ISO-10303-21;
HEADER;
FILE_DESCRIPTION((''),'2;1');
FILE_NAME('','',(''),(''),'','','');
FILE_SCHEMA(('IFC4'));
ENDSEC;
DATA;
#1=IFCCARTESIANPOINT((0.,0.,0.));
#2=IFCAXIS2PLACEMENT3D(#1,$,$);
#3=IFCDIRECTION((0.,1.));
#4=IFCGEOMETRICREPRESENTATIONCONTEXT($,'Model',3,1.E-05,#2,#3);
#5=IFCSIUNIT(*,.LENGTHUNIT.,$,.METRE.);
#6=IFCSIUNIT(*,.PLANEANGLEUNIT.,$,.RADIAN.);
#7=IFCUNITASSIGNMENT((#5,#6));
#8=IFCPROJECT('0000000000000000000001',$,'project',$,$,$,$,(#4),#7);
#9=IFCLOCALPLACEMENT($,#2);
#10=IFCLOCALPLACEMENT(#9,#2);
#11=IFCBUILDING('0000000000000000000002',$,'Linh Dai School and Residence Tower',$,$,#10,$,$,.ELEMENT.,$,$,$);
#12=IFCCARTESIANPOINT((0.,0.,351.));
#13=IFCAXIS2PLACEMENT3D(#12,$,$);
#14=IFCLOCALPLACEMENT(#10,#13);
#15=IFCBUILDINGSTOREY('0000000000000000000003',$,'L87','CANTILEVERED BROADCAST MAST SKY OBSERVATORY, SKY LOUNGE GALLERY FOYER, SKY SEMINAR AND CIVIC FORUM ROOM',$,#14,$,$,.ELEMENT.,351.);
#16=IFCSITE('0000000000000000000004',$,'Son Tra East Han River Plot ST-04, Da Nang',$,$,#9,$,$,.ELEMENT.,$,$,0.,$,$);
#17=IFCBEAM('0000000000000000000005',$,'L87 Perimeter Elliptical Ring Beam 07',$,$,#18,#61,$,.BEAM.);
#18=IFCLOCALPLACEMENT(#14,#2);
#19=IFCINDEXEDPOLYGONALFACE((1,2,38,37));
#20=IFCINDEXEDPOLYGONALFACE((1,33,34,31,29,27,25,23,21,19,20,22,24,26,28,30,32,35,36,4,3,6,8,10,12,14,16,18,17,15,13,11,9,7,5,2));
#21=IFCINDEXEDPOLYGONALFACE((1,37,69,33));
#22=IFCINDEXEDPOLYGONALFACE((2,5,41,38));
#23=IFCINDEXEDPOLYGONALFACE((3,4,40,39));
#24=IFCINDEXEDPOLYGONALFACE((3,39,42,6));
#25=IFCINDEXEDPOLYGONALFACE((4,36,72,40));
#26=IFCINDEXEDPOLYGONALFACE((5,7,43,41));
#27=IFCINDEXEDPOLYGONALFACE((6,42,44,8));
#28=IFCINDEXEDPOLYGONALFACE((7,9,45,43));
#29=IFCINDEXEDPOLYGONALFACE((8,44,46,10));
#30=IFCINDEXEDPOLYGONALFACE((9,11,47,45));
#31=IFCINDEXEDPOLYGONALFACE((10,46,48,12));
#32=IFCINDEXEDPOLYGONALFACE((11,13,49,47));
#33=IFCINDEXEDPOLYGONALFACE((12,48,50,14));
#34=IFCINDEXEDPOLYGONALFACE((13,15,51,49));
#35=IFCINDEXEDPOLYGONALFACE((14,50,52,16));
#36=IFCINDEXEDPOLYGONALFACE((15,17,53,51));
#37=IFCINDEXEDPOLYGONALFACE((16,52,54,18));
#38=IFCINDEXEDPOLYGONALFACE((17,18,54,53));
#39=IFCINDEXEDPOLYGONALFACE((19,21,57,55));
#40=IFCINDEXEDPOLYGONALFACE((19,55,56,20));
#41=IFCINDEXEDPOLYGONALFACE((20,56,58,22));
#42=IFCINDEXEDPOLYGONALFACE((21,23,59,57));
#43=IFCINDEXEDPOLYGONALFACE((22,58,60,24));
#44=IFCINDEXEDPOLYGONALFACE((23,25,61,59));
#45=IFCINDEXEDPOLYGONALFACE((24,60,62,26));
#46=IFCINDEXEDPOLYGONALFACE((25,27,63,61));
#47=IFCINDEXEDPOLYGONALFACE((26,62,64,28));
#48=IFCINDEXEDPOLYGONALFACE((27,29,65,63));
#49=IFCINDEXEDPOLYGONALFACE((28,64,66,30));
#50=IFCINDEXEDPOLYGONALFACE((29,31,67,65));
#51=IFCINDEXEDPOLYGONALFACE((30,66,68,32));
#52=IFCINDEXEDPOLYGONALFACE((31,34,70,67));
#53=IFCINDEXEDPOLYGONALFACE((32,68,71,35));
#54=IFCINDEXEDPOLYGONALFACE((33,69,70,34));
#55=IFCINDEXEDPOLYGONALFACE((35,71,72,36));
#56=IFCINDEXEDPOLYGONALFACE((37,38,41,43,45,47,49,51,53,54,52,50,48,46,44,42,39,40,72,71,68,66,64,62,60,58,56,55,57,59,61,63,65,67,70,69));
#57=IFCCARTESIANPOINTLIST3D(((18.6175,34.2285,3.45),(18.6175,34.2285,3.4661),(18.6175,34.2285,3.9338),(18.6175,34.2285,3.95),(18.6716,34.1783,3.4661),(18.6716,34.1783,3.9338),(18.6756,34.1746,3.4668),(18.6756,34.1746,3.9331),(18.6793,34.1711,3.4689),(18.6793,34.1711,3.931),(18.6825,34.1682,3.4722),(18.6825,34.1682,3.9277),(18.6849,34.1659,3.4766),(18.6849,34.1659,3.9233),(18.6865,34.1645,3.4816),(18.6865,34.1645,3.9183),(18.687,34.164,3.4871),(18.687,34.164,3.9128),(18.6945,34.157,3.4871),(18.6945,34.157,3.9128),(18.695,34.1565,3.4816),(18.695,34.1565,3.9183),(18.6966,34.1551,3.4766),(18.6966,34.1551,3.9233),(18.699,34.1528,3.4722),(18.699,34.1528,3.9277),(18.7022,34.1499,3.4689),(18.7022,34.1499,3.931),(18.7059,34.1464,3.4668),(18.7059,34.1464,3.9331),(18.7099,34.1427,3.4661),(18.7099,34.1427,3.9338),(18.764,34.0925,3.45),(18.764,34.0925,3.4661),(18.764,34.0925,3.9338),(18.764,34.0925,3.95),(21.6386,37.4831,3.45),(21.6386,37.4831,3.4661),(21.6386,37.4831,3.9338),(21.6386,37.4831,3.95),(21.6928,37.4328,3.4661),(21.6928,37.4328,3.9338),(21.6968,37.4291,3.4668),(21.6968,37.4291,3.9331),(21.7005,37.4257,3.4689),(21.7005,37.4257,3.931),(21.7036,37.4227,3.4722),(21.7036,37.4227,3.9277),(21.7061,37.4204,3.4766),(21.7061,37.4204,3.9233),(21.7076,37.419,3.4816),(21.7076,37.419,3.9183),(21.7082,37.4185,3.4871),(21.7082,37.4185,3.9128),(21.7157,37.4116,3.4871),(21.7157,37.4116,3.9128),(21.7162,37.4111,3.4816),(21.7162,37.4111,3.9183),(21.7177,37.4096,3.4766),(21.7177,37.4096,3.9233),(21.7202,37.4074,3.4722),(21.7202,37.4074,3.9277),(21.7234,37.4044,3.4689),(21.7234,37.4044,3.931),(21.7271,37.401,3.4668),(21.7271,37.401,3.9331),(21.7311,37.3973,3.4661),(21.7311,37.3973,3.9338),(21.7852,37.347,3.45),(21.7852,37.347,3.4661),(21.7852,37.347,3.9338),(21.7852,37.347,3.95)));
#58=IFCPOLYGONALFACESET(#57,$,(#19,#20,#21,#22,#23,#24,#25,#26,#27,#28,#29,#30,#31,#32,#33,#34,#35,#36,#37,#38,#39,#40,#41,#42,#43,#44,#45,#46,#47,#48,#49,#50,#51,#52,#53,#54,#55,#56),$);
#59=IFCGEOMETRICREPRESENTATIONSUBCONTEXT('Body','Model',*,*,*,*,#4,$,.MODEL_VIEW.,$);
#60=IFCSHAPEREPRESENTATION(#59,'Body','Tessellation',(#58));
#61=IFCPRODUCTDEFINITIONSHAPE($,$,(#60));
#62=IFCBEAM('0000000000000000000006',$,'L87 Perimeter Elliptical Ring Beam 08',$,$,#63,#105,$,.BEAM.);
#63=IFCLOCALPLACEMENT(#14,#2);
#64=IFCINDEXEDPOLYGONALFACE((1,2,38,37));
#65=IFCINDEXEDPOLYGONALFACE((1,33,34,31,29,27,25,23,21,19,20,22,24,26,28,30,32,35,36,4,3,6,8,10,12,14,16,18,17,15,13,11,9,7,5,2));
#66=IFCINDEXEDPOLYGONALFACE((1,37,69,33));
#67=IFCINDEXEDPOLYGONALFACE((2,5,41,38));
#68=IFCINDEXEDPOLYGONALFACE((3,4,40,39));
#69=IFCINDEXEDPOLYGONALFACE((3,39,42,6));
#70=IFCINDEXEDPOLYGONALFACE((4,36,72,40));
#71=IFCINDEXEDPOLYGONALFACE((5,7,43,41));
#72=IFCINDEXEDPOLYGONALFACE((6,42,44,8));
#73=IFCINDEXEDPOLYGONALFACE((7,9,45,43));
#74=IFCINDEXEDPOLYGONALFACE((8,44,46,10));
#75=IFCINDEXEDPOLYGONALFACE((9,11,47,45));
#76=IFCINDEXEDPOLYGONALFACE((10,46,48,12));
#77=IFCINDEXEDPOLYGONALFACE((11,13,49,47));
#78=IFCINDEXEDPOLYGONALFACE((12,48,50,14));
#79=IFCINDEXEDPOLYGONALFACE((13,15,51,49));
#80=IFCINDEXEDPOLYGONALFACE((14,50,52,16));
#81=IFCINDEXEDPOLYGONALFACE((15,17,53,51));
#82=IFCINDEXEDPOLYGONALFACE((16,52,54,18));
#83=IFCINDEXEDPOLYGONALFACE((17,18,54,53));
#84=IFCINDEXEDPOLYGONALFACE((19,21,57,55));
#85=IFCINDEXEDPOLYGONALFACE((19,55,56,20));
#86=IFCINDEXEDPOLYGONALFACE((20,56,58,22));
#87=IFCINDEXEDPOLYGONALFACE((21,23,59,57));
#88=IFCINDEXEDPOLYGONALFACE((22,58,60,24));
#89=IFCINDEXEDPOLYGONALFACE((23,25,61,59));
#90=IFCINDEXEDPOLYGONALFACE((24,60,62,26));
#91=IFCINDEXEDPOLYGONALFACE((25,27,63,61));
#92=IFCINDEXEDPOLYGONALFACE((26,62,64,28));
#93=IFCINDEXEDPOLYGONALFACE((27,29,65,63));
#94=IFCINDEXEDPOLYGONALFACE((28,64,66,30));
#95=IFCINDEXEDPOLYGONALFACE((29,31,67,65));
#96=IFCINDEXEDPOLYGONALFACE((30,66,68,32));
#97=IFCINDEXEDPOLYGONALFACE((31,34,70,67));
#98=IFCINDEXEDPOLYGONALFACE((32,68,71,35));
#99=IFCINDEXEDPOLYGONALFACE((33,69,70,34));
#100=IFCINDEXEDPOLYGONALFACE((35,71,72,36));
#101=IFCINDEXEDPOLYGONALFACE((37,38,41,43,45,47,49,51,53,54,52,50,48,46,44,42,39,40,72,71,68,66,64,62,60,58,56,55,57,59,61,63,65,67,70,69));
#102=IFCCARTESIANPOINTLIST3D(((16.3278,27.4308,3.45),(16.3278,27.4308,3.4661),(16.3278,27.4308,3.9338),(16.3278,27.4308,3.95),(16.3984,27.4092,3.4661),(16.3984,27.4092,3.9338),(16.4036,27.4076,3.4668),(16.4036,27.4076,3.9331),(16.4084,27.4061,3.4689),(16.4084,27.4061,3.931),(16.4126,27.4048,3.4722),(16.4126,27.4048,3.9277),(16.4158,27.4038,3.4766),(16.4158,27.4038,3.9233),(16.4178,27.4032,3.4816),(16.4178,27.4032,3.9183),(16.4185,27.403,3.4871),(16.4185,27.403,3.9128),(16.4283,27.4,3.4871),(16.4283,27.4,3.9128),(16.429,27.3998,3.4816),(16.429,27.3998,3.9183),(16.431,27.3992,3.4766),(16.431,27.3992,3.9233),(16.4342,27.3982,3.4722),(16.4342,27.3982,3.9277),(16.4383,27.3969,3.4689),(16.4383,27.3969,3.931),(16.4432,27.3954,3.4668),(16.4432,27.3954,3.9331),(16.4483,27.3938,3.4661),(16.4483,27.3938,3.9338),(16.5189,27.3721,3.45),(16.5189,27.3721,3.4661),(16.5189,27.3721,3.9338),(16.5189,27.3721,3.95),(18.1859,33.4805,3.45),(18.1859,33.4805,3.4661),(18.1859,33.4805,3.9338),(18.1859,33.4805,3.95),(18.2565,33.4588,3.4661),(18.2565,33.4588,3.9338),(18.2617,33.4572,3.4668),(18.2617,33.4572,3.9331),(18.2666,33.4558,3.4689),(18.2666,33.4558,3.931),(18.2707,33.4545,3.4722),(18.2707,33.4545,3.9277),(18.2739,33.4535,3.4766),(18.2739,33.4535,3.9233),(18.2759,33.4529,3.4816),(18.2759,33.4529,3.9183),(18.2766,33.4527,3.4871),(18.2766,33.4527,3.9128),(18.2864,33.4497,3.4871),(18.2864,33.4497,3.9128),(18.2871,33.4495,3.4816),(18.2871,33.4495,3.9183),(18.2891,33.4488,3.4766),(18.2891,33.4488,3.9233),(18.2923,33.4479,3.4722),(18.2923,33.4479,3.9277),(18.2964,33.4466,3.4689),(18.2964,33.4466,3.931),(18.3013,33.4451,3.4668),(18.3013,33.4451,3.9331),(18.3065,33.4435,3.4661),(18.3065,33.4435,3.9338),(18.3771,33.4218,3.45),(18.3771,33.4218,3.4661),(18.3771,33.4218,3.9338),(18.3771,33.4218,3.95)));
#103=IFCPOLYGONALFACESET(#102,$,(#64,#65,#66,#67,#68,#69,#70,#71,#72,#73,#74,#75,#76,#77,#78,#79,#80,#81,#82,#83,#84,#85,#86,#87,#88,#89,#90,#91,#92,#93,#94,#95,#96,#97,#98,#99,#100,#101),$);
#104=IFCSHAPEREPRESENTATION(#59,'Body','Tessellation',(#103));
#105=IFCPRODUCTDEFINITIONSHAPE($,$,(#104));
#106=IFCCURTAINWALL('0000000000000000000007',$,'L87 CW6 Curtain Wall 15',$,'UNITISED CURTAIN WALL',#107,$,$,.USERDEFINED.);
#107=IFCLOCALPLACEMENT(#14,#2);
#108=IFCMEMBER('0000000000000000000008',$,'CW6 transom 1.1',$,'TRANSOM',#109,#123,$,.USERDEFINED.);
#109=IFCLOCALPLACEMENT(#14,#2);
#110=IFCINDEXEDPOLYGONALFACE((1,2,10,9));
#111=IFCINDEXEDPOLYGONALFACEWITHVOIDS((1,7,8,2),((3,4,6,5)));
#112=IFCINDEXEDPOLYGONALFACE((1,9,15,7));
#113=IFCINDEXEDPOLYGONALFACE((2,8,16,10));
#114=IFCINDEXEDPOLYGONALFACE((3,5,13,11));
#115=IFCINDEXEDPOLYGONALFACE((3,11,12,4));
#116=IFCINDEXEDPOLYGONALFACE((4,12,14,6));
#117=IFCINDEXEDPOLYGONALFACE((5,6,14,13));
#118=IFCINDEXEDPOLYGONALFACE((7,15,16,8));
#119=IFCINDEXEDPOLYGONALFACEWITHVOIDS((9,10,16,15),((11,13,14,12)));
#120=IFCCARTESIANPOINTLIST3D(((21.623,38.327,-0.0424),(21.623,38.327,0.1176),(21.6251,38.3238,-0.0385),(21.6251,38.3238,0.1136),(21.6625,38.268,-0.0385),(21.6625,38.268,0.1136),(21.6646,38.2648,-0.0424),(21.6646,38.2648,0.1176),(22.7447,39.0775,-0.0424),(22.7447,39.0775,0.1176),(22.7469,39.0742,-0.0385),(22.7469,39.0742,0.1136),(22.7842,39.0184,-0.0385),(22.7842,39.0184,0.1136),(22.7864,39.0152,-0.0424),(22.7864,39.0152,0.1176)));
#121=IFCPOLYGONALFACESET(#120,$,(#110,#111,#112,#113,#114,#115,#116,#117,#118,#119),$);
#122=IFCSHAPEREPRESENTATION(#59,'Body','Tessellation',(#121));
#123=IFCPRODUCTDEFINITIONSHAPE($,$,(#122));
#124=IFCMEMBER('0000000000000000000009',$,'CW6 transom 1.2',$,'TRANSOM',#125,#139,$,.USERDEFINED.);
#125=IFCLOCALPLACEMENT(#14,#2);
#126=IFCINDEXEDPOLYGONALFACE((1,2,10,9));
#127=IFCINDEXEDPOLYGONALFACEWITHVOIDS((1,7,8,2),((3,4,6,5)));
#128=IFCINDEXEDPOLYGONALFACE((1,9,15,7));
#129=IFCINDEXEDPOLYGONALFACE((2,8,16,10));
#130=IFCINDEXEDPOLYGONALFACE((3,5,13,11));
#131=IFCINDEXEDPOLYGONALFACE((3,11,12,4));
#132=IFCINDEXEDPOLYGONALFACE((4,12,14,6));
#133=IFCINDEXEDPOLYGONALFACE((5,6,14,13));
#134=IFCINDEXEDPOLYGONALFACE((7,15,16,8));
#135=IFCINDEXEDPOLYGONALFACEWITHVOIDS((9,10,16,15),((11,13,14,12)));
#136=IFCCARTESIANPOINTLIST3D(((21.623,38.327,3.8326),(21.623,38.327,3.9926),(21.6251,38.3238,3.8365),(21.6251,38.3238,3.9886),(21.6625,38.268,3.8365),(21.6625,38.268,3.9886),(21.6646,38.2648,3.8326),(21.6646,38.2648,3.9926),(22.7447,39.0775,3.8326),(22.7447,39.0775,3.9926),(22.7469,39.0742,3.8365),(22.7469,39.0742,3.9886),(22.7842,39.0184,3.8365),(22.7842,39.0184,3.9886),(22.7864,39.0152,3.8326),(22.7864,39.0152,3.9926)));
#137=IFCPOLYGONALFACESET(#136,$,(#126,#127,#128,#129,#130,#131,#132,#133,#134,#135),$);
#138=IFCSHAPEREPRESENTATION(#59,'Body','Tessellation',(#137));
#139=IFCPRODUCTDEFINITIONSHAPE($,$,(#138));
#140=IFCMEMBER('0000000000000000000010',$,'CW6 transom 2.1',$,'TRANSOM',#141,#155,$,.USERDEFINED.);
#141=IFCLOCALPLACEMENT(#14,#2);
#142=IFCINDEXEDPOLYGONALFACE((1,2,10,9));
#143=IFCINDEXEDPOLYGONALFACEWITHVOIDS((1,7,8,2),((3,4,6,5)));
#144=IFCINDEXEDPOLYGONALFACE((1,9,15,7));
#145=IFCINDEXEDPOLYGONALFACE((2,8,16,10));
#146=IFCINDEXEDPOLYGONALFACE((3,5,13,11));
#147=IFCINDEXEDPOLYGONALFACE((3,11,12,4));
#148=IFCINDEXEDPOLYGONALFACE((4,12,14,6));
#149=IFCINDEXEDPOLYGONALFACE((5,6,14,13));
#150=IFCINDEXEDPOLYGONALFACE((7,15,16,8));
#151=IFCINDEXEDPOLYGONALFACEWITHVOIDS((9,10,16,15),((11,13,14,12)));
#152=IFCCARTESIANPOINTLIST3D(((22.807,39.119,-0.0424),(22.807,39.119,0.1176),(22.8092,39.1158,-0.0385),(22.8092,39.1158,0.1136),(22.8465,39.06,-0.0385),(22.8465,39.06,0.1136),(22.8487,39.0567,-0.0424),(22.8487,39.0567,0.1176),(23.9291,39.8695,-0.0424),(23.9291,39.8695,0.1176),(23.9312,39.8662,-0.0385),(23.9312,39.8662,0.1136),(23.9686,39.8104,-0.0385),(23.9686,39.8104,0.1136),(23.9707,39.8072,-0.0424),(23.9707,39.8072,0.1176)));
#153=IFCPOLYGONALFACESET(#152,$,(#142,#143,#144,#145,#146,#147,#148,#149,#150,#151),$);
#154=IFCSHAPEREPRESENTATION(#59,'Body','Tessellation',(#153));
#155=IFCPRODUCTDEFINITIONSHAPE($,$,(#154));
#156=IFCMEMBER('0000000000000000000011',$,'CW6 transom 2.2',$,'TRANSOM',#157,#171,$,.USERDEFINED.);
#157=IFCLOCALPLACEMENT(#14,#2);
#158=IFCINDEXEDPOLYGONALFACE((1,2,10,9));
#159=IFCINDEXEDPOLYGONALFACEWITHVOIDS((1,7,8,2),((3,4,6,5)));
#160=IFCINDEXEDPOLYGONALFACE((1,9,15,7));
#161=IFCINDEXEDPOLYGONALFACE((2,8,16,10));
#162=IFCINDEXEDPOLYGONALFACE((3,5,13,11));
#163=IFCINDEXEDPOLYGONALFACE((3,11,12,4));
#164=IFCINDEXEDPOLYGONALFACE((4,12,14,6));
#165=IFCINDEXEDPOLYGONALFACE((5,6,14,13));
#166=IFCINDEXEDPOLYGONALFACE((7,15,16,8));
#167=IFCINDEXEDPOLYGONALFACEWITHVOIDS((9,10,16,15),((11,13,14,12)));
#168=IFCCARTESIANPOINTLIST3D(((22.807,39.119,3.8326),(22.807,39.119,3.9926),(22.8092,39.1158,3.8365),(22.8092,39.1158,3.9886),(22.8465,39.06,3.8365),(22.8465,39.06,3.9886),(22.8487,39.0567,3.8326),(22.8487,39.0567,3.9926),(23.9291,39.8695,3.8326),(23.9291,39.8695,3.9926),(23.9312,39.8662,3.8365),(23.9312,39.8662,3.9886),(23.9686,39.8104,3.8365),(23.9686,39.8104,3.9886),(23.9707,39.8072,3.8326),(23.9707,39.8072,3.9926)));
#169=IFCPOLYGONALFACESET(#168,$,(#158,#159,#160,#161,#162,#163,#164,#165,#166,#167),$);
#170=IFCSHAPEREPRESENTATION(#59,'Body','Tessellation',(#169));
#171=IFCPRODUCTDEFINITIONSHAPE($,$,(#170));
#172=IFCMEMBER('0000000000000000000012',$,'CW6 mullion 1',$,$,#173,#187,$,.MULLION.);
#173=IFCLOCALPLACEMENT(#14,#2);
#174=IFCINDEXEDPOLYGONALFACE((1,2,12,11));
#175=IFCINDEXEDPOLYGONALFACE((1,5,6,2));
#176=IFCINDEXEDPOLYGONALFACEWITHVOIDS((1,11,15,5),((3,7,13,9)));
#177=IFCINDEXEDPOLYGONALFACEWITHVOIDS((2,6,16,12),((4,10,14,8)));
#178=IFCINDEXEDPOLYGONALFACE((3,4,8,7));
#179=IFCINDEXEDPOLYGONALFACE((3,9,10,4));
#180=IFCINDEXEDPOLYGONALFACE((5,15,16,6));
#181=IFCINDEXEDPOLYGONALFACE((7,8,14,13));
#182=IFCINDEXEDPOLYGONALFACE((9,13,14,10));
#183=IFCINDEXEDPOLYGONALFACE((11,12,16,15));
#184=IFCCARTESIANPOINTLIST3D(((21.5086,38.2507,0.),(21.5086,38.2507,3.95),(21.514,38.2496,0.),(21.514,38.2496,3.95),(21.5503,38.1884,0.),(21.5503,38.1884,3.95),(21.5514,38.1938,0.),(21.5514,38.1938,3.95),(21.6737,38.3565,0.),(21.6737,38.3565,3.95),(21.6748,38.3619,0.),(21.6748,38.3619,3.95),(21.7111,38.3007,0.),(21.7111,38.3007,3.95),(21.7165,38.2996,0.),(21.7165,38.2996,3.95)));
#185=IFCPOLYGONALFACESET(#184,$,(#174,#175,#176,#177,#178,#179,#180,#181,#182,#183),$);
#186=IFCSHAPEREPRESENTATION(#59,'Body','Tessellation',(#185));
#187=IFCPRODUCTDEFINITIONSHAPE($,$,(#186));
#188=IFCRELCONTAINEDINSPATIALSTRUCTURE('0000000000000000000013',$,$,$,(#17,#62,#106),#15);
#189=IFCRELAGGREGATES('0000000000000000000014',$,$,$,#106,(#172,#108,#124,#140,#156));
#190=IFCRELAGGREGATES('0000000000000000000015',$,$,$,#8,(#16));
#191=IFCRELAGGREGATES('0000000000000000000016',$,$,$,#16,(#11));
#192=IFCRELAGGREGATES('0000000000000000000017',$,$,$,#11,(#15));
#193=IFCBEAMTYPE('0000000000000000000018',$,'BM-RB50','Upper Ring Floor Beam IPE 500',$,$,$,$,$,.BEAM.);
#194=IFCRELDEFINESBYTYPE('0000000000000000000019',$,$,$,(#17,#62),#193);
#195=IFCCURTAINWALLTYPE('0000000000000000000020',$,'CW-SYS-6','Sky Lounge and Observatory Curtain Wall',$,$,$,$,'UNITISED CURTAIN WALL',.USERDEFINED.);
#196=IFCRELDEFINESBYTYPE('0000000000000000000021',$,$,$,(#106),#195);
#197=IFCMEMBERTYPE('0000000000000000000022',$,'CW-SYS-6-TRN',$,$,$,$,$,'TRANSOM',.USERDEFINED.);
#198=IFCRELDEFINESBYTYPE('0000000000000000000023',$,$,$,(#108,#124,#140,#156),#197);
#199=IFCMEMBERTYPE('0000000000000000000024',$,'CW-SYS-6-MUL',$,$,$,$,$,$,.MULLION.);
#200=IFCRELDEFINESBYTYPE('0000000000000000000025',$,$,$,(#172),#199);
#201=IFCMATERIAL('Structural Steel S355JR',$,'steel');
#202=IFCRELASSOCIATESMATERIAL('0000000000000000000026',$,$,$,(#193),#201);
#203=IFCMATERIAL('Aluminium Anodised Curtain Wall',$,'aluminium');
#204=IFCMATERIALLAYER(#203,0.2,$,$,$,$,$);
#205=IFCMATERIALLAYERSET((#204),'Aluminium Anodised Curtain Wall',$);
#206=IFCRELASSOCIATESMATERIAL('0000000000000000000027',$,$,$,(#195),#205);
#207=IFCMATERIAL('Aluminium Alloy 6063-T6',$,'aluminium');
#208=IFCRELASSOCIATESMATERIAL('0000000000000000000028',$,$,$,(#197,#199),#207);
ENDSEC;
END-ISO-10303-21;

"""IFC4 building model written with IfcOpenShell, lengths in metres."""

from ifc_helpers import new_model, si_unit, direction, frame, origin, origin_2d, place, context, subcontext, project, spatial, hollow_rectangle, i_section, extrude, source, transform, mapped, material, layer, layer_set, material_profile, profile_set, type_object, element, aggregate, save


model = new_model("IFC4")

# Units and contexts
model_context = context("Model", 3, precision=1e-05, world=origin(), true_north=direction((0.0, 1.0)))
body_context = subcontext(model_context, "Body", "Model", "MODEL_VIEW")
ifc_project = project(units=[si_unit("LENGTHUNIT", "METRE"), si_unit("PLANEANGLEUNIT", "RADIAN")], contexts=[model_context])

# Site, building, storey
site_placement = place(None, origin())
site = spatial("IfcSite", under=ifc_project, at=site_placement, Name="Son Tra East Han River Plot ST-04, Da Nang", CompositionType="ELEMENT", RefElevation=0.0)
building_placement = place(site_placement, origin())
building = spatial("IfcBuilding", under=site, at=building_placement, Name="Linh Dai School and Residence Tower", CompositionType="ELEMENT")
storey_placement = place(building_placement, frame((0.0, 0.0, 351.0)))
storey = spatial("IfcBuildingStorey", under=building, at=storey_placement, Name="L87", Description="CANTILEVERED BROADCAST MAST SKY OBSERVATORY, SKY LOUNGE GALLERY FOYER, SKY SEMINAR AND CIVIC FORUM ROOM", CompositionType="ELEMENT", Elevation=351.0)

# Shared definitions
ifc_material_1 = material(Name="Structural Steel S355JR", Category="steel")

# Beams
ifc_material_profile_1 = material_profile(ifc_material_1, i_section(OverallWidth=0.2, OverallDepth=0.5, WebThickness=0.0103, FlangeThickness=0.0161, FilletRadius=0.021, at=origin_2d()), Name="IPE 500")
ifc_profile_set_1 = profile_set([ifc_material_profile_1], Name="Structural Steel S355JR")
beam_type_1 = type_object("IfcBeamType", Name="BM-RB50", Description="Upper Ring Floor Beam IPE 500", PredefinedType="BEAM", material=ifc_profile_set_1)
beam_1_placement = place(storey_placement, frame((21.7119, 37.415, 3.7), z_axis=(-0.680339, -0.732897, 0.0), x_axis=(0.732897, -0.680339, 0.0)))
element("IfcBeam", 1, at=beam_1_placement, inside=storey, type_object=beam_type_1, Name="L87 Perimeter Elliptical Ring Beam 07", PredefinedType="BEAM", context=body_context, shape_type="SweptSolid", body=[
    extrude(i_section(OverallWidth=0.2, OverallDepth=0.5, WebThickness=0.0103, FlangeThickness=0.0161, FilletRadius=0.021, at=origin_2d()), origin(), (0.0, 0.0, 1.0), 4.4407),
])
beam_2_placement = place(storey_placement, frame((18.2815, 33.4512, 3.7), z_axis=(-0.293606, -0.955927, 0.0), x_axis=(0.955927, -0.293606, 0.0)))
element("IfcBeam", 2, at=beam_2_placement, inside=storey, type_object=beam_type_1, Name="L87 Perimeter Elliptical Ring Beam 08", PredefinedType="BEAM", context=body_context, shape_type="SweptSolid", body=[
    extrude(i_section(OverallWidth=0.2, OverallDepth=0.5, WebThickness=0.0103, FlangeThickness=0.0161, FilletRadius=0.021, at=origin_2d()), origin(), (0.0, 0.0, 1.0), 6.3286),
])

# Curtain wall, members
ifc_material_2 = material(Name="Aluminium Anodised Curtain Wall", Category="aluminium")
ifc_layer_1 = layer(ifc_material_2, 0.2)
ifc_layer_set_1 = layer_set([ifc_layer_1], Name="Aluminium Anodised Curtain Wall")
curtain_wall_type = type_object("IfcCurtainWallType", Name="CW-SYS-6", Description="Sky Lounge and Observatory Curtain Wall", ElementType="UNITISED CURTAIN WALL", PredefinedType="USERDEFINED", material=ifc_layer_set_1)
curtain_wall_placement = place(storey_placement, origin())
curtain_wall = element("IfcCurtainWall", 3, at=curtain_wall_placement, inside=storey, type_object=curtain_wall_type, Name="L87 CW6 Curtain Wall 15", ObjectType="UNITISED CURTAIN WALL", PredefinedType="USERDEFINED")
ifc_material_3 = material(Name="Aluminium Alloy 6063-T6", Category="aluminium")
ifc_material_profile_2 = material_profile(ifc_material_3, hollow_rectangle(XDim=0.075, YDim=0.1599, WallThickness=0.0039, at=origin_2d()), Name="RHS 160x75x4")
ifc_profile_set_2 = profile_set([ifc_material_profile_2], Name="Aluminium Alloy 6063-T6")
member_type_1 = type_object("IfcMemberType", Name="CW-SYS-6-TRN", ElementType="TRANSOM", PredefinedType="USERDEFINED", material=ifc_profile_set_2)
shared_shape_1 = source(origin(), body_context, "Body", "SweptSolid", [
    extrude(hollow_rectangle(XDim=0.075, YDim=0.1599, WallThickness=0.0039, at=origin_2d()), origin(), (0.0, 0.0, 1.0), 1.3496),
])
member_1_placement = place(storey_placement, frame((21.6438, 38.2959, 0.0376), z_axis=(0.831159, 0.556035, 0.0), x_axis=(-0.556035, 0.831159, 0.0)))
member_1 = element("IfcMember", 4, at=member_1_placement, type_object=member_type_1, Name="CW6 transom 1.1", ObjectType="TRANSOM", PredefinedType="USERDEFINED", context=body_context, shape_type="MappedRepresentation", body=[
    mapped(shared_shape_1, transform((0.0, 0.0, 0.0), x_axis=(1.0, 0.0, 0.0), y_axis=(0.0, 1.0, 0.0), z_axis=(0.0, 0.0, 1.0), scale=1.0)),
])
member_2_placement = place(storey_placement, frame((21.6438, 38.2959, 3.9126), z_axis=(0.831159, 0.556035, 0.0), x_axis=(-0.556035, 0.831159, 0.0)))
member_2 = element("IfcMember", 5, at=member_2_placement, type_object=member_type_1, Name="CW6 transom 1.2", ObjectType="TRANSOM", PredefinedType="USERDEFINED", context=body_context, shape_type="MappedRepresentation", body=[
    mapped(shared_shape_1, transform((0.0, 0.0, 0.0), x_axis=(1.0, 0.0, 0.0), y_axis=(0.0, 1.0, 0.0), z_axis=(0.0, 0.0, 1.0), scale=1.0)),
])
shared_shape_2 = source(origin(), body_context, "Body", "SweptSolid", [
    extrude(hollow_rectangle(XDim=0.075, YDim=0.1599, WallThickness=0.0039, at=origin_2d()), origin(), (0.0, 0.0, 1.0), 1.3499),
])
member_3_placement = place(storey_placement, frame((22.8279, 39.0879, 0.0376), z_axis=(0.831215, 0.555952, 0.0), x_axis=(-0.555952, 0.831215, 0.0)))
member_3 = element("IfcMember", 6, at=member_3_placement, type_object=member_type_1, Name="CW6 transom 2.1", ObjectType="TRANSOM", PredefinedType="USERDEFINED", context=body_context, shape_type="MappedRepresentation", body=[
    mapped(shared_shape_2, transform((0.0, 0.0, 0.0), x_axis=(1.0, 0.0, 0.0), y_axis=(0.0, 1.0, 0.0), z_axis=(0.0, 0.0, 1.0), scale=1.0)),
])
member_4_placement = place(storey_placement, frame((22.8279, 39.0879, 3.9126), z_axis=(0.831215, 0.555952, 0.0), x_axis=(-0.555952, 0.831215, 0.0)))
member_4 = element("IfcMember", 7, at=member_4_placement, type_object=member_type_1, Name="CW6 transom 2.2", ObjectType="TRANSOM", PredefinedType="USERDEFINED", context=body_context, shape_type="MappedRepresentation", body=[
    mapped(shared_shape_2, transform((0.0, 0.0, 0.0), x_axis=(1.0, 0.0, 0.0), y_axis=(0.0, 1.0, 0.0), z_axis=(0.0, 0.0, 1.0), scale=1.0)),
])
ifc_material_profile_3 = material_profile(ifc_material_3, hollow_rectangle(XDim=0.075, YDim=0.2, WallThickness=0.0039, at=origin_2d()), Name="RHS 200x75x4")
ifc_profile_set_3 = profile_set([ifc_material_profile_3], Name="Aluminium Alloy 6063-T6")
member_type_2 = type_object("IfcMemberType", Name="CW-SYS-6-MUL", PredefinedType="MULLION", material=ifc_profile_set_3)
shared_shape_3 = source(origin(), body_context, "Body", "SweptSolid", [
    extrude(hollow_rectangle(XDim=0.075, YDim=0.2, WallThickness=0.0039, at=origin_2d()), origin(), (0.0, 0.0, 1.0), 3.95),
])
member_5_placement = place(storey_placement, frame((21.6125, 38.2751, 0.0), z_axis=(0.0, 0.0, 1.0), x_axis=(-0.555971, 0.831202, 0.0)))
member_5 = element("IfcMember", 8, at=member_5_placement, type_object=member_type_2, Name="CW6 mullion 1", PredefinedType="MULLION", context=body_context, shape_type="MappedRepresentation", body=[
    mapped(shared_shape_3, transform((0.0, 0.0, 0.0), x_axis=(1.0, 0.0, 0.0), y_axis=(0.0, 1.0, 0.0), z_axis=(0.0, 0.0, 1.0), scale=1.0)),
])

aggregate(curtain_wall, [member_5, member_1, member_2, member_3, member_4])

save(model, "model.ifc")
